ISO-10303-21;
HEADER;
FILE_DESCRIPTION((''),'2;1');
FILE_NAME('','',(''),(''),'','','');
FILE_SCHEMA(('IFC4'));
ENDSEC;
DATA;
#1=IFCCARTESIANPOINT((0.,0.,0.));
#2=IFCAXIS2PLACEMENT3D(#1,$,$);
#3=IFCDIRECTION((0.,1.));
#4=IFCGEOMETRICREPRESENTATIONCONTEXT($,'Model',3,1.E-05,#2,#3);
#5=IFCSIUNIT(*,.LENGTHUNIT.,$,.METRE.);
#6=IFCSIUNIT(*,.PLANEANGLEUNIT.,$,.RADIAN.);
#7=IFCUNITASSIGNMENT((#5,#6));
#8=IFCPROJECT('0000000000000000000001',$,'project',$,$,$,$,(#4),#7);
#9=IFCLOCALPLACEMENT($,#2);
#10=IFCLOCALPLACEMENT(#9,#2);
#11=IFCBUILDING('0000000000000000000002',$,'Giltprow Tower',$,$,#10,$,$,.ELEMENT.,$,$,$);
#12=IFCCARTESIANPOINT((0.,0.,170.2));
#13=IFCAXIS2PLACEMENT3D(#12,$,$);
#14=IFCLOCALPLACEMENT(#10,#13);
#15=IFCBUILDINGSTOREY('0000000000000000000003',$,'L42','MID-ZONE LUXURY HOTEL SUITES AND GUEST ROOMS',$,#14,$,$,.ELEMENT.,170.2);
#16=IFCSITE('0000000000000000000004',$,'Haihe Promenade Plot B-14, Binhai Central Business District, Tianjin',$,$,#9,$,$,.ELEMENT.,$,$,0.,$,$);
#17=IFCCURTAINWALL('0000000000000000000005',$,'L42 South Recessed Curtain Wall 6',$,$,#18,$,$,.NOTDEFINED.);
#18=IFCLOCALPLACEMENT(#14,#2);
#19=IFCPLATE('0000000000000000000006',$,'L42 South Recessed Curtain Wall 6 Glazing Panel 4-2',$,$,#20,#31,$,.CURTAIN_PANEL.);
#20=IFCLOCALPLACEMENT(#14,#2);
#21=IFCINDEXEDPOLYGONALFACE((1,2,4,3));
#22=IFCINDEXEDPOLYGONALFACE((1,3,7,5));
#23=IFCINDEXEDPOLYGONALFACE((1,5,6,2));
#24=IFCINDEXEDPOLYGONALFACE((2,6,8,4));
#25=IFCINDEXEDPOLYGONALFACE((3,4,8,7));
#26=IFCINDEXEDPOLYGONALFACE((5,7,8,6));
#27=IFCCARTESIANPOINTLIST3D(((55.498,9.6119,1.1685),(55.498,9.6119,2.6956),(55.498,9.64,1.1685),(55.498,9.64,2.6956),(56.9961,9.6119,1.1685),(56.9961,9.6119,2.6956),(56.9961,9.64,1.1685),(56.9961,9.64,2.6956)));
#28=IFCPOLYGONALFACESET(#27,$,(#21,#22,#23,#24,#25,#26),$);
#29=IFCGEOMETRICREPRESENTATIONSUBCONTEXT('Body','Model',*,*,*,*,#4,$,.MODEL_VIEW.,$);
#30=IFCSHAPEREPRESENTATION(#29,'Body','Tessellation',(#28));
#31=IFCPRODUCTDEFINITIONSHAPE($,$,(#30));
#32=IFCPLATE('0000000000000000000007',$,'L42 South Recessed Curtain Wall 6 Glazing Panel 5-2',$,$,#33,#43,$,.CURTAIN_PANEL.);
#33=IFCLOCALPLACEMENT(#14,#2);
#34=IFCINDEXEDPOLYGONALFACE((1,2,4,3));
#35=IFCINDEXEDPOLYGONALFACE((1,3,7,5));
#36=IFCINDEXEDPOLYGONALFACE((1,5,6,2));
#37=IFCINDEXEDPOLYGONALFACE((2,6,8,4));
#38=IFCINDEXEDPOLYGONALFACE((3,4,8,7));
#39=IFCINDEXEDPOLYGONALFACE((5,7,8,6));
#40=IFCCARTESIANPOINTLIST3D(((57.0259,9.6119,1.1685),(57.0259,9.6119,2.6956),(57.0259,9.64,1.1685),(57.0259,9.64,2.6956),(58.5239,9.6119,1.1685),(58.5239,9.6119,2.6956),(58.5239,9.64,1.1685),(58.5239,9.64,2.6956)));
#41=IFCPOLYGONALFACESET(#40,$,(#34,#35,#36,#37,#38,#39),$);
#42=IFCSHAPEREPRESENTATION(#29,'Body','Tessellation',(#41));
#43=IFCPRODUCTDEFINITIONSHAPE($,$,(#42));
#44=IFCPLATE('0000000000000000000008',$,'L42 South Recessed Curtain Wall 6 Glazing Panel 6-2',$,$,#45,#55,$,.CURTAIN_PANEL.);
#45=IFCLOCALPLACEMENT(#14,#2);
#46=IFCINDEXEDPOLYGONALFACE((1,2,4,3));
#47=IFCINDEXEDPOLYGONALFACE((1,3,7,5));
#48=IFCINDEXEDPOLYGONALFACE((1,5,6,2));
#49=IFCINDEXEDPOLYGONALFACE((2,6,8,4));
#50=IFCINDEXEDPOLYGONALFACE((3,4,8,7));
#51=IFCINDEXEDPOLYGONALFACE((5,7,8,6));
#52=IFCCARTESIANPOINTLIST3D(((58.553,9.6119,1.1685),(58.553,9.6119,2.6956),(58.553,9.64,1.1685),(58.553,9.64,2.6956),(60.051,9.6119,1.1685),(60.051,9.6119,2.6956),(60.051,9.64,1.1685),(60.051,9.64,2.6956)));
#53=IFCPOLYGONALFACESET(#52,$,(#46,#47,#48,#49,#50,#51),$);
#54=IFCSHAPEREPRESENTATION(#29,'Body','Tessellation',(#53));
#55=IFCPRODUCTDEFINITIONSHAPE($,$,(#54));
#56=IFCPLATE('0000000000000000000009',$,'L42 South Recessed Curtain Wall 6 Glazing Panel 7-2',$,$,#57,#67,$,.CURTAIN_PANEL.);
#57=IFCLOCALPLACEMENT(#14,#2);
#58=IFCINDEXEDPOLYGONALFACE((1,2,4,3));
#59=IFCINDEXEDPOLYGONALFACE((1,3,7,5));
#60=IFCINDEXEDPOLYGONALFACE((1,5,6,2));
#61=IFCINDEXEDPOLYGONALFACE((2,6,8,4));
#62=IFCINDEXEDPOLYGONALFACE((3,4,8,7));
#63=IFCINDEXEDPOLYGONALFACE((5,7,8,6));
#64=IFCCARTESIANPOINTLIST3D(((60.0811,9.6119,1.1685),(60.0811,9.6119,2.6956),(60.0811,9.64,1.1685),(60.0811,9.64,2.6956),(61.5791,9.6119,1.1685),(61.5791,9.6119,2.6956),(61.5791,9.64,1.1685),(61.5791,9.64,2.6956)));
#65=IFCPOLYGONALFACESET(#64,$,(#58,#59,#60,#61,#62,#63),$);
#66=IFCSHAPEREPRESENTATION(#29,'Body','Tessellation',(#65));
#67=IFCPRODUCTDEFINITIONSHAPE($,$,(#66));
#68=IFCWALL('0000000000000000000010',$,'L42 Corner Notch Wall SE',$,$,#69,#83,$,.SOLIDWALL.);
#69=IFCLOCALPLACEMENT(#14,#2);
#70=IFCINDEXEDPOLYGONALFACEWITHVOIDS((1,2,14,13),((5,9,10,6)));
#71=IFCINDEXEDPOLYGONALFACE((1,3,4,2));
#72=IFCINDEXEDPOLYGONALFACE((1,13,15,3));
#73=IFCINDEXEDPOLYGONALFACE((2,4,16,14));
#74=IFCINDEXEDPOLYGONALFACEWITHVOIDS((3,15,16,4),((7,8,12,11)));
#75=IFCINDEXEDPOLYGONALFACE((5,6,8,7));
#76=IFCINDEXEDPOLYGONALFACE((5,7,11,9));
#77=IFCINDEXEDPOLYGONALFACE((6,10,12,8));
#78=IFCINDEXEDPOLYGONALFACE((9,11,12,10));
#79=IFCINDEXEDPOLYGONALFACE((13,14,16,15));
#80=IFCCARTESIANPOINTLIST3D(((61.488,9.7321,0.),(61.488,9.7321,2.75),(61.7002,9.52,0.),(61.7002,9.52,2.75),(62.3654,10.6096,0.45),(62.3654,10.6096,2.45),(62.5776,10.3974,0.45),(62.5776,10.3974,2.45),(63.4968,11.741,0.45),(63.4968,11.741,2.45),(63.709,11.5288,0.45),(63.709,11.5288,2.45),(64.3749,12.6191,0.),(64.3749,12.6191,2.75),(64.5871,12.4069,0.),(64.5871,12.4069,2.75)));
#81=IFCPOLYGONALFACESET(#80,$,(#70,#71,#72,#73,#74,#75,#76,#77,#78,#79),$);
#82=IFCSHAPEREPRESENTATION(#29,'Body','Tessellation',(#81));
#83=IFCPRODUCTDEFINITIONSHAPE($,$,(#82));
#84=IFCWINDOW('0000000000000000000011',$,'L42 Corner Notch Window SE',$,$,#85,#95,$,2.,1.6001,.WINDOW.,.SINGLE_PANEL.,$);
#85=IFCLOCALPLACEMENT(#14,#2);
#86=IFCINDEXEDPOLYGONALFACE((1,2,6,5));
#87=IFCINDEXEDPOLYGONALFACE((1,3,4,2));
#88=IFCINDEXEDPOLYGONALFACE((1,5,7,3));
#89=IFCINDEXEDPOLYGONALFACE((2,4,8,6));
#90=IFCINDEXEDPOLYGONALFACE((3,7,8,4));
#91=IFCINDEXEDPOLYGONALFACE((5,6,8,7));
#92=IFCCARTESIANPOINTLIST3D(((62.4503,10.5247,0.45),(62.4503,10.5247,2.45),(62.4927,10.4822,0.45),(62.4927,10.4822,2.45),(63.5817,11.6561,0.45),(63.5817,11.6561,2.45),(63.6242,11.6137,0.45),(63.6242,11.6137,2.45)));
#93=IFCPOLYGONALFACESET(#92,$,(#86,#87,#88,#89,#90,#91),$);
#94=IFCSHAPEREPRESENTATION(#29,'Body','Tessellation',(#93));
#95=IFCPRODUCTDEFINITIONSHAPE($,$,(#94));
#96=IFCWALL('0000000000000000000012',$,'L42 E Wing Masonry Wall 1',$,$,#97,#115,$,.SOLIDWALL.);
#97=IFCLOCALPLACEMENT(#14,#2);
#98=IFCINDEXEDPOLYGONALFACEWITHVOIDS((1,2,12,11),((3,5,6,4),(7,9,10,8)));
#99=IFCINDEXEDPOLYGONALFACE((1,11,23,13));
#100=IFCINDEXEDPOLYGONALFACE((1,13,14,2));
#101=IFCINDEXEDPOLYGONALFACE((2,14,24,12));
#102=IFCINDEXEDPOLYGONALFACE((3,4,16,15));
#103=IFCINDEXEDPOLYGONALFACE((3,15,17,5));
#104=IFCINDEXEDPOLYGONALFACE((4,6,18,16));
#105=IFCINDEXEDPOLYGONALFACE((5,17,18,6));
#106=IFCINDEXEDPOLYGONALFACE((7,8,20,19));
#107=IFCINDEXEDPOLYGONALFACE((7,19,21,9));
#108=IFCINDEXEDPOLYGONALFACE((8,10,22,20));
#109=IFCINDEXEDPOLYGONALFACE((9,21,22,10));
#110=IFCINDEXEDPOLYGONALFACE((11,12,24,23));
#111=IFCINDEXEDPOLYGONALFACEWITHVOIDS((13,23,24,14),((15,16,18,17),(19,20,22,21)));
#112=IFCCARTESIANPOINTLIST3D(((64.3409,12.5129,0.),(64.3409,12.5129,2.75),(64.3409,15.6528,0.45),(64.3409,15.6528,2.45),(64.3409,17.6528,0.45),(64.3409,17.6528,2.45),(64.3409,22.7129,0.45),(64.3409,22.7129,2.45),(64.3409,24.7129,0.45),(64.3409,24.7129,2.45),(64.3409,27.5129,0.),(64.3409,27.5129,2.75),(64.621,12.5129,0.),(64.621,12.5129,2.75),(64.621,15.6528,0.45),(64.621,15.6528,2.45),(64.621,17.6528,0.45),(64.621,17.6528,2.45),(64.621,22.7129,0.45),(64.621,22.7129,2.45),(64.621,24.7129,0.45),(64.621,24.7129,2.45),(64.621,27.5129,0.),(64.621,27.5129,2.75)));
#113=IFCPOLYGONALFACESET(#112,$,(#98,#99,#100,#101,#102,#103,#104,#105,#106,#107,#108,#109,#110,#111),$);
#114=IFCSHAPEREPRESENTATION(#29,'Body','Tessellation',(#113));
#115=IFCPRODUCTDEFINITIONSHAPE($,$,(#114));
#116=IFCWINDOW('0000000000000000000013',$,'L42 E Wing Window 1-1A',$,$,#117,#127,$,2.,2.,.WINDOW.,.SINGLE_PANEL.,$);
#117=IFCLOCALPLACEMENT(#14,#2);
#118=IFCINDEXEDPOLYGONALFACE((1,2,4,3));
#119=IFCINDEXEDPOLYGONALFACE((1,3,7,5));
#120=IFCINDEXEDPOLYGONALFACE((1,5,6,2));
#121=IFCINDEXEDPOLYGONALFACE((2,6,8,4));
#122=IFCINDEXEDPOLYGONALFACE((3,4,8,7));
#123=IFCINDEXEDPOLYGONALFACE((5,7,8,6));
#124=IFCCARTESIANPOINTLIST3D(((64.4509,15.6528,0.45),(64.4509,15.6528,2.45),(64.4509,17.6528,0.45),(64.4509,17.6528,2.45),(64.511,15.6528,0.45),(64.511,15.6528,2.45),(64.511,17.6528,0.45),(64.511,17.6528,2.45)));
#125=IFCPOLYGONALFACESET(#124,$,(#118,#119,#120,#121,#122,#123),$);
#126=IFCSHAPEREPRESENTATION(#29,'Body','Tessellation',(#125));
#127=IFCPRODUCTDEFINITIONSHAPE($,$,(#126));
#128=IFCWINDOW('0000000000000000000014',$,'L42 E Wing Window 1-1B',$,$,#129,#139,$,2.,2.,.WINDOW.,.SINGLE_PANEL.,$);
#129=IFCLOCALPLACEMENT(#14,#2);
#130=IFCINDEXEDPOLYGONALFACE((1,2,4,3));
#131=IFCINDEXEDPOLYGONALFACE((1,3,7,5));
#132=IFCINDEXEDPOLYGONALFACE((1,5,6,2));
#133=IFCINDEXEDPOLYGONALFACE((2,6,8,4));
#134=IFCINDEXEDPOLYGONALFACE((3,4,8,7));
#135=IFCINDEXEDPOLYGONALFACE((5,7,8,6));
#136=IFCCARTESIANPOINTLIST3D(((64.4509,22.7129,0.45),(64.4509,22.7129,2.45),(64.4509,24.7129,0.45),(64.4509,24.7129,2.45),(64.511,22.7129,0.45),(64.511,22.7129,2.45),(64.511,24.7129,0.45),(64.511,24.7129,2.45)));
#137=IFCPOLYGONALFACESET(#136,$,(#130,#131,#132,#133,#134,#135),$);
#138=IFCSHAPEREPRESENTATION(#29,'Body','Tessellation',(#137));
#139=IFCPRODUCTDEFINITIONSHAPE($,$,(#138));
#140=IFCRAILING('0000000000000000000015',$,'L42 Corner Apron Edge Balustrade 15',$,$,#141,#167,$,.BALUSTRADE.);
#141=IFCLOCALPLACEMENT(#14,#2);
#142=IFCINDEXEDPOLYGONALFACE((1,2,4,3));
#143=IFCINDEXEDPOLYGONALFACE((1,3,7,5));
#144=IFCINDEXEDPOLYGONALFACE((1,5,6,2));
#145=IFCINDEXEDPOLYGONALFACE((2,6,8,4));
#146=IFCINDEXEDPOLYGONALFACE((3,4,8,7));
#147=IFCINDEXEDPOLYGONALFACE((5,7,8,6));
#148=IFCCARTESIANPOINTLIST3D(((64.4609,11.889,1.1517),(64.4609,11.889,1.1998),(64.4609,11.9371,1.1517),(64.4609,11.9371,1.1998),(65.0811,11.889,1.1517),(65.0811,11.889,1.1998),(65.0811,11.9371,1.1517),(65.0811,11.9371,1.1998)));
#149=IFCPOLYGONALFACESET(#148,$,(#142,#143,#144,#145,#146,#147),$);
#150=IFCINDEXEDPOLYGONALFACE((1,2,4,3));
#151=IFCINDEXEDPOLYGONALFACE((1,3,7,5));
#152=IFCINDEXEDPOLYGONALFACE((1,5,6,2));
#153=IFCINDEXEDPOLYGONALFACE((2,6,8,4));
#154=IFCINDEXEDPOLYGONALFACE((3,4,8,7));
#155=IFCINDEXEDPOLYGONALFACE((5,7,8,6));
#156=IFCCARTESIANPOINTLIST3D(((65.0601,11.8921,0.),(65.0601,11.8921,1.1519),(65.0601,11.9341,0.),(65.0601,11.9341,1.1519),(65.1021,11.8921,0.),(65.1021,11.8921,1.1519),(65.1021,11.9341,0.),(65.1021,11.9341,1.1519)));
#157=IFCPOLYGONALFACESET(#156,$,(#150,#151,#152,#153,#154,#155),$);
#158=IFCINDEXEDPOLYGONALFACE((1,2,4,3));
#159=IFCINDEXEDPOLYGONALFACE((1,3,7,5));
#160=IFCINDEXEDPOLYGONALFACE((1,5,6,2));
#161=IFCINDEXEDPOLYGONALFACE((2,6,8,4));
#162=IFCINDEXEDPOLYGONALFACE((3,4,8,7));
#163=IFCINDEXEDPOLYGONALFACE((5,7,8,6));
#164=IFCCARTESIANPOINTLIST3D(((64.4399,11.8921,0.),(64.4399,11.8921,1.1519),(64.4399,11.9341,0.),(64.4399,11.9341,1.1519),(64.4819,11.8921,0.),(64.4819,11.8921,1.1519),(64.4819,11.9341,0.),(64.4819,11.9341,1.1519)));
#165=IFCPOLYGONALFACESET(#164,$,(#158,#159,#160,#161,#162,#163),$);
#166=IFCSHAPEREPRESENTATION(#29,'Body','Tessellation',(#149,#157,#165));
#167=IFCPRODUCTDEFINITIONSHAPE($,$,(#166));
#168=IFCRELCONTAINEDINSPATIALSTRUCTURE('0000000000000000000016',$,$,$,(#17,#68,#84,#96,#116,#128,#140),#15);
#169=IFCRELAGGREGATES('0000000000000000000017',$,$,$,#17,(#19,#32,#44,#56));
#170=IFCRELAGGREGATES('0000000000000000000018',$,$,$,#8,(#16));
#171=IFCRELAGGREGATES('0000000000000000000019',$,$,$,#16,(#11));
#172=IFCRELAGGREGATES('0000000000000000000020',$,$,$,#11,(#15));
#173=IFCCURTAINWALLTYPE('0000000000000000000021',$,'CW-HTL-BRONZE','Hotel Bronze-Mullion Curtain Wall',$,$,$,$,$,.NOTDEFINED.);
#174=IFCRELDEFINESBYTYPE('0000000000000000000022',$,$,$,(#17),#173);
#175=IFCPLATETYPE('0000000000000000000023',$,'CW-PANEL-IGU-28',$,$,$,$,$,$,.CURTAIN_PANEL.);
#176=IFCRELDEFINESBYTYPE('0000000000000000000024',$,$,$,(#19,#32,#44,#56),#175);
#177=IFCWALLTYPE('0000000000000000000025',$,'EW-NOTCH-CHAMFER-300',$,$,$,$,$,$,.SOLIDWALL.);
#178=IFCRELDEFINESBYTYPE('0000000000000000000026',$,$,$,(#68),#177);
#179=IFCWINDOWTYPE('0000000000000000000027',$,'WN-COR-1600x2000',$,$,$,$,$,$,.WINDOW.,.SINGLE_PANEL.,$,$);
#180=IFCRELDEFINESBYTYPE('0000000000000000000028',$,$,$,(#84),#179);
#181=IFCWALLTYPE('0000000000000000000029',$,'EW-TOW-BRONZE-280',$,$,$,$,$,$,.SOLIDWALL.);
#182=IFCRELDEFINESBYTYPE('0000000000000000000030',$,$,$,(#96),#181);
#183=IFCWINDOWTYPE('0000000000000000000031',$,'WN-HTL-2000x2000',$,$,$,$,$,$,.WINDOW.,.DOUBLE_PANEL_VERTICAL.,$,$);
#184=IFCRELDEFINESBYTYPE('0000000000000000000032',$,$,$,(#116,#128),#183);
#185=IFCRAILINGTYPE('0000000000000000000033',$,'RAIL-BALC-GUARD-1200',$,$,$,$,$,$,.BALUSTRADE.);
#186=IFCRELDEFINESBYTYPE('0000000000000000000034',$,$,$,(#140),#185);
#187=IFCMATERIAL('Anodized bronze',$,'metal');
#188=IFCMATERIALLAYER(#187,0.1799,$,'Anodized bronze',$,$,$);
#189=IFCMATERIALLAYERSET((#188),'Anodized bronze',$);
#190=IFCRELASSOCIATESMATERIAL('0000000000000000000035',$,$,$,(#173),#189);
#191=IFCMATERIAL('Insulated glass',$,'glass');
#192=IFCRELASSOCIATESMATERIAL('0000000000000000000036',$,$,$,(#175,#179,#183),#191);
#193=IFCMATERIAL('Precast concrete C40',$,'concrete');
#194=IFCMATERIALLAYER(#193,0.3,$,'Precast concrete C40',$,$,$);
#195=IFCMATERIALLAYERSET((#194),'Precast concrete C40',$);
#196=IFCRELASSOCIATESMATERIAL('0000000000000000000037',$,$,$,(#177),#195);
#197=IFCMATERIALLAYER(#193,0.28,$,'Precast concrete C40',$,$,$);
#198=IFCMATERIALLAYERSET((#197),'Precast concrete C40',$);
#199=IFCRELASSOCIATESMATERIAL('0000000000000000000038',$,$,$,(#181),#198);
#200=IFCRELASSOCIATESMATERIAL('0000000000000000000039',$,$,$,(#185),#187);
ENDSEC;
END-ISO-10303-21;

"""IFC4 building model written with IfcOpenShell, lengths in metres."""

from ifc_helpers import new_model, si_unit, direction, frame, frame_2d, origin, origin_2d, place, context, subcontext, project, spatial, rectangle, extrude, source, transform, mapped, material, layer, layer_set, type_object, element, fill, aggregate, save


model = new_model("IFC4")

# Units and contexts
model_context = context("Model", 3, precision=1e-05, world=origin(), true_north=direction((0.0, 1.0)))
body_context = subcontext(model_context, "Body", "Model", "MODEL_VIEW")
ifc_project = project(units=[si_unit("LENGTHUNIT", "METRE"), si_unit("PLANEANGLEUNIT", "RADIAN")], contexts=[model_context])

# Site, building, storey
site_placement = place(None, origin())
site = spatial("IfcSite", under=ifc_project, at=site_placement, Name="Haihe Promenade Plot B-14, Binhai Central Business District, Tianjin", CompositionType="ELEMENT", RefElevation=0.0)
building_placement = place(site_placement, origin())
building = spatial("IfcBuilding", under=site, at=building_placement, Name="Giltprow Tower", CompositionType="ELEMENT")
storey_placement = place(building_placement, frame((0.0, 0.0, 170.2)))
storey = spatial("IfcBuildingStorey", under=building, at=storey_placement, Name="L42", Description="MID-ZONE LUXURY HOTEL SUITES AND GUEST ROOMS", CompositionType="ELEMENT", Elevation=170.2)

# Curtain wall, plates
ifc_material_1 = material(Name="Anodized bronze", Category="metal")
ifc_layer_1 = layer(ifc_material_1, 0.1799, Name="Anodized bronze")
ifc_layer_set_1 = layer_set([ifc_layer_1], Name="Anodized bronze")
curtain_wall_type = type_object("IfcCurtainWallType", Name="CW-HTL-BRONZE", Description="Hotel Bronze-Mullion Curtain Wall", PredefinedType="NOTDEFINED", material=ifc_layer_set_1)
curtain_wall_placement = place(storey_placement, origin())
curtain_wall = element("IfcCurtainWall", 1, at=curtain_wall_placement, inside=storey, type_object=curtain_wall_type, Name="L42 South Recessed Curtain Wall 6", PredefinedType="NOTDEFINED")
ifc_material_2 = material(Name="Insulated glass", Category="glass")
plate_type = type_object("IfcPlateType", Name="CW-PANEL-IGU-28", PredefinedType="CURTAIN_PANEL", material=ifc_material_2)
shared_shape_1 = source(origin(), body_context, "Body", "SweptSolid", [
    extrude(rectangle(XDim=1.498, YDim=0.0281, at=origin_2d()), origin(), (0.0, 0.0, 1.0), 1.5271),
])
plate_1_placement = place(storey_placement, frame((56.2471, 9.626, 1.1685), z_axis=(0.0, 0.0, 1.0), x_axis=(1.0, 0.0, 0.0)))
plate_1 = element("IfcPlate", 2, at=plate_1_placement, type_object=plate_type, Name="L42 South Recessed Curtain Wall 6 Glazing Panel 4-2", PredefinedType="CURTAIN_PANEL", context=body_context, shape_type="MappedRepresentation", body=[
    mapped(shared_shape_1, transform((0.0, 0.0, 0.0), x_axis=(1.0, 0.0, 0.0), y_axis=(0.0, 1.0, 0.0), z_axis=(0.0, 0.0, 1.0), scale=1.0)),
])
plate_2_placement = place(storey_placement, frame((57.7749, 9.626, 1.1685), z_axis=(0.0, 0.0, 1.0), x_axis=(1.0, 0.0, 0.0)))
plate_2 = element("IfcPlate", 3, at=plate_2_placement, type_object=plate_type, Name="L42 South Recessed Curtain Wall 6 Glazing Panel 5-2", PredefinedType="CURTAIN_PANEL", context=body_context, shape_type="MappedRepresentation", body=[
    mapped(shared_shape_1, transform((0.0, 0.0, 0.0), x_axis=(1.0, 0.0, 0.0), y_axis=(0.0, 1.0, 0.0), z_axis=(0.0, 0.0, 1.0), scale=1.0)),
])
plate_3_placement = place(storey_placement, frame((59.302, 9.626, 1.1685), z_axis=(0.0, 0.0, 1.0), x_axis=(1.0, 0.0, 0.0)))
plate_3 = element("IfcPlate", 4, at=plate_3_placement, type_object=plate_type, Name="L42 South Recessed Curtain Wall 6 Glazing Panel 6-2", PredefinedType="CURTAIN_PANEL", context=body_context, shape_type="MappedRepresentation", body=[
    mapped(shared_shape_1, transform((0.0, 0.0, 0.0), x_axis=(1.0, 0.0, 0.0), y_axis=(0.0, 1.0, 0.0), z_axis=(0.0, 0.0, 1.0), scale=1.0)),
])
plate_4_placement = place(storey_placement, frame((60.8301, 9.626, 1.1685), z_axis=(0.0, 0.0, 1.0), x_axis=(1.0, 0.0, 0.0)))
plate_4 = element("IfcPlate", 5, at=plate_4_placement, type_object=plate_type, Name="L42 South Recessed Curtain Wall 6 Glazing Panel 7-2", PredefinedType="CURTAIN_PANEL", context=body_context, shape_type="MappedRepresentation", body=[
    mapped(shared_shape_1, transform((0.0, 0.0, 0.0), x_axis=(1.0, 0.0, 0.0), y_axis=(0.0, 1.0, 0.0), z_axis=(0.0, 0.0, 1.0), scale=1.0)),
])
aggregate(curtain_wall, [plate_1, plate_2, plate_3, plate_4])

# Wall, opening, window
ifc_material_3 = material(Name="Precast concrete C40", Category="concrete")
ifc_layer_2 = layer(ifc_material_3, 0.3, Name="Precast concrete C40")
ifc_layer_set_2 = layer_set([ifc_layer_2], Name="Precast concrete C40")
wall_type_1 = type_object("IfcWallType", Name="EW-NOTCH-CHAMFER-300", PredefinedType="SOLIDWALL", material=ifc_layer_set_2)
wall_1_placement = place(storey_placement, frame((61.594, 9.626, 0.0), z_axis=(0.0, 0.0, 1.0), x_axis=(0.707107, 0.707107, 0.0)))
wall_1 = element("IfcWall", 6, at=wall_1_placement, inside=storey, type_object=wall_type_1, Name="L42 Corner Notch Wall SE", PredefinedType="SOLIDWALL", context=body_context, shape_type="SweptSolid", body=[
    extrude(rectangle(XDim=4.0828, YDim=0.3, at=frame_2d((2.0415, 0.0))), origin(), (0.0, 0.0, 1.0), 2.75),
])
opening_1_placement = place(wall_1_placement, frame((1.241, 0.0, 0.45)))
opening_1 = element("IfcOpeningElement", 7, at=opening_1_placement, cuts=wall_1, PredefinedType="OPENING", context=body_context, shape_type="SweptSolid", body=[
    extrude(rectangle(XDim=1.6001, YDim=2.0, at=frame_2d((0.8, 1.0))), frame((0.0, 0.1599, 0.0), z_axis=(0.0, -1.0, 0.0), x_axis=(1.0, 0.0, 0.0)), (0.0, 0.0, 1.0), 0.3201),
])
window_type_1 = type_object("IfcWindowType", Name="WN-COR-1600x2000", PartitioningType="SINGLE_PANEL", PredefinedType="WINDOW", material=ifc_material_2)
shared_shape_2 = source(origin(), body_context, "Body", "SweptSolid", [
    extrude(rectangle(XDim=1.6001, YDim=2.0, at=frame_2d((0.8, 1.0))), frame((0.0, 0.03, 0.0), z_axis=(0.0, -1.0, 0.0), x_axis=(1.0, 0.0, 0.0)), (0.0, 0.0, 1.0), 0.0601),
])
window_1_placement = place(opening_1_placement, origin())
window_1 = element("IfcWindow", 8, at=window_1_placement, inside=storey, type_object=window_type_1, Name="L42 Corner Notch Window SE", OverallHeight=2.0, OverallWidth=1.6001, PartitioningType="SINGLE_PANEL", PredefinedType="WINDOW", context=body_context, shape_type="MappedRepresentation", body=[
    mapped(shared_shape_2, transform((0.0, 0.0, 0.0), x_axis=(1.0, 0.0, 0.0), y_axis=(0.0, 1.0, 0.0), z_axis=(0.0, 0.0, 1.0), scale=1.0)),
])
fill(opening_1, window_1)

# Wall, openings, windows
ifc_layer_3 = layer(ifc_material_3, 0.28, Name="Precast concrete C40")
ifc_layer_set_3 = layer_set([ifc_layer_3], Name="Precast concrete C40")
wall_type_2 = type_object("IfcWallType", Name="EW-TOW-BRONZE-280", PredefinedType="SOLIDWALL", material=ifc_layer_set_3)
wall_2_placement = place(storey_placement, frame((64.481, 12.5129, 0.0), z_axis=(0.0, 0.0, 1.0), x_axis=(0.0, 1.0, 0.0)))
wall_2 = element("IfcWall", 9, at=wall_2_placement, inside=storey, type_object=wall_type_2, Name="L42 E Wing Masonry Wall 1", PredefinedType="SOLIDWALL", context=body_context, shape_type="SweptSolid", body=[
    extrude(rectangle(XDim=15.0, YDim=0.28, at=frame_2d((7.5, 0.0))), origin(), (0.0, 0.0, 1.0), 2.75),
])
opening_2_placement = place(wall_2_placement, frame((3.1399, 0.0, 0.45)))
opening_2 = element("IfcOpeningElement", 10, at=opening_2_placement, cuts=wall_2, PredefinedType="OPENING", context=body_context, shape_type="SweptSolid", body=[
    extrude(rectangle(XDim=2.0, YDim=2.0, at=frame_2d((1.0, 1.0))), frame((0.0, 0.1499, 0.0), z_axis=(0.0, -1.0, 0.0), x_axis=(1.0, 0.0, 0.0)), (0.0, 0.0, 1.0), 0.3),
])
opening_3_placement = place(wall_2_placement, frame((10.2, 0.0, 0.45)))
opening_3 = element("IfcOpeningElement", 11, at=opening_3_placement, cuts=wall_2, PredefinedType="OPENING", context=body_context, shape_type="SweptSolid", body=[
    extrude(rectangle(XDim=2.0, YDim=2.0, at=frame_2d((1.0, 1.0))), frame((0.0, 0.1499, 0.0), z_axis=(0.0, -1.0, 0.0), x_axis=(1.0, 0.0, 0.0)), (0.0, 0.0, 1.0), 0.3),
])
window_type_2 = type_object("IfcWindowType", Name="WN-HTL-2000x2000", PartitioningType="DOUBLE_PANEL_VERTICAL", PredefinedType="WINDOW", material=ifc_material_2)
shared_shape_3 = source(origin(), body_context, "Body", "SweptSolid", [
    extrude(rectangle(XDim=2.0, YDim=2.0, at=frame_2d((1.0, 1.0))), frame((0.0, 0.03, 0.0), z_axis=(0.0, -1.0, 0.0), x_axis=(1.0, 0.0, 0.0)), (0.0, 0.0, 1.0), 0.0601),
])
window_2_placement = place(opening_2_placement, origin())
window_2 = element("IfcWindow", 12, at=window_2_placement, inside=storey, type_object=window_type_2, Name="L42 E Wing Window 1-1A", OverallHeight=2.0, OverallWidth=2.0, PartitioningType="SINGLE_PANEL", PredefinedType="WINDOW", context=body_context, shape_type="MappedRepresentation", body=[
    mapped(shared_shape_3, transform((0.0, 0.0, 0.0), x_axis=(1.0, 0.0, 0.0), y_axis=(0.0, 1.0, 0.0), z_axis=(0.0, 0.0, 1.0), scale=1.0)),
])
fill(opening_2, window_2)
window_3_placement = place(opening_3_placement, origin())
window_3 = element("IfcWindow", 13, at=window_3_placement, inside=storey, type_object=window_type_2, Name="L42 E Wing Window 1-1B", OverallHeight=2.0, OverallWidth=2.0, PartitioningType="SINGLE_PANEL", PredefinedType="WINDOW", context=body_context, shape_type="MappedRepresentation", body=[
    mapped(shared_shape_3, transform((0.0, 0.0, 0.0), x_axis=(1.0, 0.0, 0.0), y_axis=(0.0, 1.0, 0.0), z_axis=(0.0, 0.0, 1.0), scale=1.0)),
])
fill(opening_3, window_3)

# Railing
railing_type = type_object("IfcRailingType", Name="RAIL-BALC-GUARD-1200", PredefinedType="BALUSTRADE", material=ifc_material_1)
railing_1_placement = place(storey_placement, frame((65.0811, 11.9131, 0.0)))
element("IfcRailing", 14, at=railing_1_placement, inside=storey, type_object=railing_type, Name="L42 Corner Apron Edge Balustrade 15", PredefinedType="BALUSTRADE", context=body_context, shape_type="SweptSolid", body=[
    extrude(rectangle(XDim=0.0481, YDim=0.0481, at=origin_2d()), frame((0.0, 0.0, 1.1758), z_axis=(-1.0, 0.0, 0.0), x_axis=(0.0, -1.0, 0.0)), (0.0, 0.0, 1.0), 0.6201),
    extrude(rectangle(XDim=0.042, YDim=0.042, at=origin_2d()), origin(), (0.0, 0.0, 1.0), 1.1519),
    extrude(rectangle(XDim=0.042, YDim=0.042, at=origin_2d()), frame((-0.6201, 0.0, 0.0)), (0.0, 0.0, 1.0), 1.1519),
])

save(model, "model.ifc")
